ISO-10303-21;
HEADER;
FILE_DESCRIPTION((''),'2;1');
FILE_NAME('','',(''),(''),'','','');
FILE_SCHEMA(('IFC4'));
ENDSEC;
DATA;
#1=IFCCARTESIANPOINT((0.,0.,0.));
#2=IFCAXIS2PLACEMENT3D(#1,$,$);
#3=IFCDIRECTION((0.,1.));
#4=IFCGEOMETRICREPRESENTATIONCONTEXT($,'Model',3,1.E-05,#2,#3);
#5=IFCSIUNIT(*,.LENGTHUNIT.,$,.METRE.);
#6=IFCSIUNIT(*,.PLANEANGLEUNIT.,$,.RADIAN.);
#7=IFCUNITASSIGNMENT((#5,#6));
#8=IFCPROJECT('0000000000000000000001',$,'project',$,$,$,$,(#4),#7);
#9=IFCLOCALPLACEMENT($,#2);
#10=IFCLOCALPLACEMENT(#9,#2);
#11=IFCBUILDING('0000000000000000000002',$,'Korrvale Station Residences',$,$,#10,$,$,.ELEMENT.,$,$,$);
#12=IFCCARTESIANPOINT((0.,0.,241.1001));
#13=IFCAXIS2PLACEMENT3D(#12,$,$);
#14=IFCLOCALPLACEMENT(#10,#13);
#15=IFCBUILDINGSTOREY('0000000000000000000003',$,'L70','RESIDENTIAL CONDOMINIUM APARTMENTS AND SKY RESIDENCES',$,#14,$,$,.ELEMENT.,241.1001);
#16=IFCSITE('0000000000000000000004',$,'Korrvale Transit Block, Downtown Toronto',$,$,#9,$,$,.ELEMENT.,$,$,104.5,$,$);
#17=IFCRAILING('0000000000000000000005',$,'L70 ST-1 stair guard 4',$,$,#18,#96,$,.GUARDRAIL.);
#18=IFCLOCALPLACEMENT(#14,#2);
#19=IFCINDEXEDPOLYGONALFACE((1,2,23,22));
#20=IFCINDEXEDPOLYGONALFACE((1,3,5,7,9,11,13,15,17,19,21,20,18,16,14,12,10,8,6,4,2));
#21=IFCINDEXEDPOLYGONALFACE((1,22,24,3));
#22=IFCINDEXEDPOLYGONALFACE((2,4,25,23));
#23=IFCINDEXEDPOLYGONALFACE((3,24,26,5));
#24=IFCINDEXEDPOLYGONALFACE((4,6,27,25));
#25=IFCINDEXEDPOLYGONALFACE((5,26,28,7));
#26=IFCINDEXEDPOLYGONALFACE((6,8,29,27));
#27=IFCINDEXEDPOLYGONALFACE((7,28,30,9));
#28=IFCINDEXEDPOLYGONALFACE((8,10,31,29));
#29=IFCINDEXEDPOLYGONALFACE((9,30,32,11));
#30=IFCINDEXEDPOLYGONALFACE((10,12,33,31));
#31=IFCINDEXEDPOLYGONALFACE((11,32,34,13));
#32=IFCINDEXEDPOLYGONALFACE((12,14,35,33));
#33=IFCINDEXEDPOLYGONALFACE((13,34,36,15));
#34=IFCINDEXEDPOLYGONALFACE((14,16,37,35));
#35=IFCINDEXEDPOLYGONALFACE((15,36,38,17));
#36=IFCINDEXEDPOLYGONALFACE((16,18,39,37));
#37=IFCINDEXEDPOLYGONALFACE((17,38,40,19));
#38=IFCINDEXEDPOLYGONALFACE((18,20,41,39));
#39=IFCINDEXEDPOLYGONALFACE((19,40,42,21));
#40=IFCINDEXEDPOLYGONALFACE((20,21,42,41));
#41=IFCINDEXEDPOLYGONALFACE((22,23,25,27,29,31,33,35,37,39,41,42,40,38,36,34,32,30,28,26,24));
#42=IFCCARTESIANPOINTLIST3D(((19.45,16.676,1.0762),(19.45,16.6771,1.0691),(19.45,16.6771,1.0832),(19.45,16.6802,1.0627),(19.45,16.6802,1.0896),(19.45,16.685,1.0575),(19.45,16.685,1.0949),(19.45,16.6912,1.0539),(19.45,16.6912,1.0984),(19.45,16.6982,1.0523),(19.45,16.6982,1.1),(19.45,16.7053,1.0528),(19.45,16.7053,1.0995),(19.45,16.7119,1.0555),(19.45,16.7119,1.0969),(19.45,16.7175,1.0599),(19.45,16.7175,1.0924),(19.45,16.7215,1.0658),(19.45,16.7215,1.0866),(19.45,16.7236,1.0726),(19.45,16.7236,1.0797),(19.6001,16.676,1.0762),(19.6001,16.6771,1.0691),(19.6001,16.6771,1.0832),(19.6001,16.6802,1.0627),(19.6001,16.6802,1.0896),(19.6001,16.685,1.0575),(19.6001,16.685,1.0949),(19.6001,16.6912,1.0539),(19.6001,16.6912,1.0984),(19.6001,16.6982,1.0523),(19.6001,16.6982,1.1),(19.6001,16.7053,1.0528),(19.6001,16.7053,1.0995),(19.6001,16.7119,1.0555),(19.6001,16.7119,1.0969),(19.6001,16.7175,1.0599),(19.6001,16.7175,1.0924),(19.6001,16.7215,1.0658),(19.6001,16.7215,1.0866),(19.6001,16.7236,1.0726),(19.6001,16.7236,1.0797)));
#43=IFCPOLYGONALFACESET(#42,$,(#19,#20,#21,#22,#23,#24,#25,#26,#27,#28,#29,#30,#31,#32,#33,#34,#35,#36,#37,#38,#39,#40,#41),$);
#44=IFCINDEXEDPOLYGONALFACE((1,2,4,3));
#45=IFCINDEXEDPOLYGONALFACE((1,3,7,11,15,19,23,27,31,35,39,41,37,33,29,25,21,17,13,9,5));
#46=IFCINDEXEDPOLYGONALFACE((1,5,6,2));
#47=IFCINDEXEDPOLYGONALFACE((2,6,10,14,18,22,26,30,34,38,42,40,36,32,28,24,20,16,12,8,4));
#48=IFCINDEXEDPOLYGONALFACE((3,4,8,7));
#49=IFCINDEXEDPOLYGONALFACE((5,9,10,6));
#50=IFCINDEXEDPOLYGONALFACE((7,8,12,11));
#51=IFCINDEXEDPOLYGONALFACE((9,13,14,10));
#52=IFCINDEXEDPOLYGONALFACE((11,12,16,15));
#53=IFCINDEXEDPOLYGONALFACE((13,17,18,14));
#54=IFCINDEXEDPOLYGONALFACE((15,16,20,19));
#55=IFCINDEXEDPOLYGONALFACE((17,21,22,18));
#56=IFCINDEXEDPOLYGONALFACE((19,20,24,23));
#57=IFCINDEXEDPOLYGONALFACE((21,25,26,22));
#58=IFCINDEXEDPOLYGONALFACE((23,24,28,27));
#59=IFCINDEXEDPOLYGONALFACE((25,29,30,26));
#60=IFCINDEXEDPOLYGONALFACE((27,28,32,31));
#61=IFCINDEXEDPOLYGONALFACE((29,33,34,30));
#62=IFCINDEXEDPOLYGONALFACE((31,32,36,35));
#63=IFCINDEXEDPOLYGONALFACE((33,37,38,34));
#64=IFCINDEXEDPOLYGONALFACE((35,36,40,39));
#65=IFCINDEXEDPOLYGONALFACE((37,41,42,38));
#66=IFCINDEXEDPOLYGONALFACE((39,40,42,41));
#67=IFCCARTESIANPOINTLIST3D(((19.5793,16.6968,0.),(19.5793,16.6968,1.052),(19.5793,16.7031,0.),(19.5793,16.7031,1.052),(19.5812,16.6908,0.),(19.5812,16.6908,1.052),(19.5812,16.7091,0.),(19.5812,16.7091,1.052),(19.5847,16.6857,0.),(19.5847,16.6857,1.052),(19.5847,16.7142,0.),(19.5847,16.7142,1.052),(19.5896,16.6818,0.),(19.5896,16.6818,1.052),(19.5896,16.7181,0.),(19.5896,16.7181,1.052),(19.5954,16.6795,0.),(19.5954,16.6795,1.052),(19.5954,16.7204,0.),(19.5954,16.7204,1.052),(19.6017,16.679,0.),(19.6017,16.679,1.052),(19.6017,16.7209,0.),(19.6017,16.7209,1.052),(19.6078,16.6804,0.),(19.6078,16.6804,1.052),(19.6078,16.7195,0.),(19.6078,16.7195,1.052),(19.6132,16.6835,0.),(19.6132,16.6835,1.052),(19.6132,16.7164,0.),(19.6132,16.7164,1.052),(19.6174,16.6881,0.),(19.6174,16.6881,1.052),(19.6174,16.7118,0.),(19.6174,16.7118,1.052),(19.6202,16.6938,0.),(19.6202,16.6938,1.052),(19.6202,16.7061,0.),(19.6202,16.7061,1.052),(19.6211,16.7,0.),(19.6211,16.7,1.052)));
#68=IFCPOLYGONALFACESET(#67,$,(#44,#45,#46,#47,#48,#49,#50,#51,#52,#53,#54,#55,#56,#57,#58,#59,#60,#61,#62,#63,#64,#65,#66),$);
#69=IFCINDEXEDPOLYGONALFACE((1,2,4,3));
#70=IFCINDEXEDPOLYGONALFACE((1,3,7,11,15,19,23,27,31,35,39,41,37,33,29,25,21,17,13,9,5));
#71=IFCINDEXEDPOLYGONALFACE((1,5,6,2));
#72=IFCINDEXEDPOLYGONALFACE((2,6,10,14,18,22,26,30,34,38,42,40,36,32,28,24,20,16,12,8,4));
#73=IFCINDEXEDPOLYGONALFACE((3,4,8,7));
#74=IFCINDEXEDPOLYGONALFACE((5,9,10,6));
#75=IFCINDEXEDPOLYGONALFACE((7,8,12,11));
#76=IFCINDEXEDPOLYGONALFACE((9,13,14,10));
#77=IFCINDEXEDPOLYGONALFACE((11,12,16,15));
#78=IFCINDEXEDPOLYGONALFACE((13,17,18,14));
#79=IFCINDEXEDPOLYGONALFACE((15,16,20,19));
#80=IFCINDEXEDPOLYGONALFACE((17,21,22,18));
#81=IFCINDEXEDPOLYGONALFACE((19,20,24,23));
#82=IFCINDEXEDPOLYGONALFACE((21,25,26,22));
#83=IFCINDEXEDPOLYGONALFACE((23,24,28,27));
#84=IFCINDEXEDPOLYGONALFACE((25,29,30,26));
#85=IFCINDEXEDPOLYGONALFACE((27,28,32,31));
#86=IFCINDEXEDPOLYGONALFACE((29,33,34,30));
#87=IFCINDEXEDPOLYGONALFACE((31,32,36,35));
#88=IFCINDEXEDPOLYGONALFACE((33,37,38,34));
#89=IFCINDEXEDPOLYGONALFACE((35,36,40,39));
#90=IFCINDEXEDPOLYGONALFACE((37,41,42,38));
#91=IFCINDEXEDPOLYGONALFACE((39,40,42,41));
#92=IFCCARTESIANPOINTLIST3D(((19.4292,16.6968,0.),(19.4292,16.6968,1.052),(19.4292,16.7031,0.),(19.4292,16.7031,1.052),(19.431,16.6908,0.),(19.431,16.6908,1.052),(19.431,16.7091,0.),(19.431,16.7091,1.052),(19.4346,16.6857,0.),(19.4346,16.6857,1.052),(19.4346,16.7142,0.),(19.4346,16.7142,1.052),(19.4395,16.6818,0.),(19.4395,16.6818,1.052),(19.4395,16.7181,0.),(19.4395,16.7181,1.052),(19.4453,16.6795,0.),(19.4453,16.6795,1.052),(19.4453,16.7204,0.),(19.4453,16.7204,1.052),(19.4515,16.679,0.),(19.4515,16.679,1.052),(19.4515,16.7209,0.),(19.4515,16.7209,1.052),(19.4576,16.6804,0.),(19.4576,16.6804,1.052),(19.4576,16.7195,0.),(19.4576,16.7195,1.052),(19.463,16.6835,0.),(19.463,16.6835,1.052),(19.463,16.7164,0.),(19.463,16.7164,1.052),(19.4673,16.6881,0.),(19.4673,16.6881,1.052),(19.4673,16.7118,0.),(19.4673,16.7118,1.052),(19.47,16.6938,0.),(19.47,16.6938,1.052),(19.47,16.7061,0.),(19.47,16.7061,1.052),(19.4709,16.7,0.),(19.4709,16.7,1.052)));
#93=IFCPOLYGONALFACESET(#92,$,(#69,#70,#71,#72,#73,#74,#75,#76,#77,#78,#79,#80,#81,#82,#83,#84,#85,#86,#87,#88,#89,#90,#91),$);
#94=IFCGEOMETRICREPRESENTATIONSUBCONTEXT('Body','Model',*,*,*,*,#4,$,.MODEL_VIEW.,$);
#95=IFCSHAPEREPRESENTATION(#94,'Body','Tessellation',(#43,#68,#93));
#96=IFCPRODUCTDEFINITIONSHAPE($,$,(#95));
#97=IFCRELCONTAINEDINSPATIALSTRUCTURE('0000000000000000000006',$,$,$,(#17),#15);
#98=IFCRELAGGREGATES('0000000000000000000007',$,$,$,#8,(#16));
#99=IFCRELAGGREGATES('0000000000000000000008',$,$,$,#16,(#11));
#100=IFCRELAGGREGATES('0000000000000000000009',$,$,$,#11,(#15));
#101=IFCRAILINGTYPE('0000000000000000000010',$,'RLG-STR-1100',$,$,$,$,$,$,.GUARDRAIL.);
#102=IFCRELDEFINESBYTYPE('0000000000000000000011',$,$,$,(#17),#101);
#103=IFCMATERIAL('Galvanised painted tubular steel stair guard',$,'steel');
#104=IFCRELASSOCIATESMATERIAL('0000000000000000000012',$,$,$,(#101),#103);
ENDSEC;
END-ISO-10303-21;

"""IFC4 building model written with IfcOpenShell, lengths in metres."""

from ifc_helpers import new_model, si_unit, direction, frame, origin, origin_2d, place, context, subcontext, project, spatial, circle, extrude, material, type_object, element, save


model = new_model("IFC4")

# Units and contexts
model_context = context("Model", 3, precision=1e-05, world=origin(), true_north=direction((0.0, 1.0)))
body_context = subcontext(model_context, "Body", "Model", "MODEL_VIEW")
ifc_project = project(units=[si_unit("LENGTHUNIT", "METRE"), si_unit("PLANEANGLEUNIT", "RADIAN")], contexts=[model_context])

# Site, building, storey
site_placement = place(None, origin())
site = spatial("IfcSite", under=ifc_project, at=site_placement, Name="Korrvale Transit Block, Downtown Toronto", CompositionType="ELEMENT", RefElevation=104.5)
building_placement = place(site_placement, origin())
building = spatial("IfcBuilding", under=site, at=building_placement, Name="Korrvale Station Residences", CompositionType="ELEMENT")
storey_placement = place(building_placement, frame((0.0, 0.0, 241.1001)))
storey = spatial("IfcBuildingStorey", under=building, at=storey_placement, Name="L70", Description="RESIDENTIAL CONDOMINIUM APARTMENTS AND SKY RESIDENCES", CompositionType="ELEMENT", Elevation=241.1001)

# Railing
ifc_material_1 = material(Name="Galvanised painted tubular steel stair guard", Category="steel")
railing_type_1 = type_object("IfcRailingType", Name="RLG-STR-1100", PredefinedType="GUARDRAIL", material=ifc_material_1)
railing_1_placement = place(storey_placement, frame((19.6001, 16.7, 0.0)))
element("IfcRailing", 1, at=railing_1_placement, inside=storey, type_object=railing_type_1, Name="L70 ST-1 stair guard 4", PredefinedType="GUARDRAIL", context=body_context, shape_type="SweptSolid", body=[
    extrude(circle(Radius=0.0239, at=origin_2d()), frame((0.0, 0.0, 1.0762), z_axis=(-1.0, 0.0, 0.0), x_axis=(0.0, -1.0, 0.0)), (0.0, 0.0, 1.0), 0.1501),
    extrude(circle(Radius=0.021, at=origin_2d()), origin(), (0.0, 0.0, 1.0), 1.052),
    extrude(circle(Radius=0.021, at=origin_2d()), frame((-0.1501, 0.0, 0.0)), (0.0, 0.0, 1.0), 1.052),
])

save(model, "model.ifc")
